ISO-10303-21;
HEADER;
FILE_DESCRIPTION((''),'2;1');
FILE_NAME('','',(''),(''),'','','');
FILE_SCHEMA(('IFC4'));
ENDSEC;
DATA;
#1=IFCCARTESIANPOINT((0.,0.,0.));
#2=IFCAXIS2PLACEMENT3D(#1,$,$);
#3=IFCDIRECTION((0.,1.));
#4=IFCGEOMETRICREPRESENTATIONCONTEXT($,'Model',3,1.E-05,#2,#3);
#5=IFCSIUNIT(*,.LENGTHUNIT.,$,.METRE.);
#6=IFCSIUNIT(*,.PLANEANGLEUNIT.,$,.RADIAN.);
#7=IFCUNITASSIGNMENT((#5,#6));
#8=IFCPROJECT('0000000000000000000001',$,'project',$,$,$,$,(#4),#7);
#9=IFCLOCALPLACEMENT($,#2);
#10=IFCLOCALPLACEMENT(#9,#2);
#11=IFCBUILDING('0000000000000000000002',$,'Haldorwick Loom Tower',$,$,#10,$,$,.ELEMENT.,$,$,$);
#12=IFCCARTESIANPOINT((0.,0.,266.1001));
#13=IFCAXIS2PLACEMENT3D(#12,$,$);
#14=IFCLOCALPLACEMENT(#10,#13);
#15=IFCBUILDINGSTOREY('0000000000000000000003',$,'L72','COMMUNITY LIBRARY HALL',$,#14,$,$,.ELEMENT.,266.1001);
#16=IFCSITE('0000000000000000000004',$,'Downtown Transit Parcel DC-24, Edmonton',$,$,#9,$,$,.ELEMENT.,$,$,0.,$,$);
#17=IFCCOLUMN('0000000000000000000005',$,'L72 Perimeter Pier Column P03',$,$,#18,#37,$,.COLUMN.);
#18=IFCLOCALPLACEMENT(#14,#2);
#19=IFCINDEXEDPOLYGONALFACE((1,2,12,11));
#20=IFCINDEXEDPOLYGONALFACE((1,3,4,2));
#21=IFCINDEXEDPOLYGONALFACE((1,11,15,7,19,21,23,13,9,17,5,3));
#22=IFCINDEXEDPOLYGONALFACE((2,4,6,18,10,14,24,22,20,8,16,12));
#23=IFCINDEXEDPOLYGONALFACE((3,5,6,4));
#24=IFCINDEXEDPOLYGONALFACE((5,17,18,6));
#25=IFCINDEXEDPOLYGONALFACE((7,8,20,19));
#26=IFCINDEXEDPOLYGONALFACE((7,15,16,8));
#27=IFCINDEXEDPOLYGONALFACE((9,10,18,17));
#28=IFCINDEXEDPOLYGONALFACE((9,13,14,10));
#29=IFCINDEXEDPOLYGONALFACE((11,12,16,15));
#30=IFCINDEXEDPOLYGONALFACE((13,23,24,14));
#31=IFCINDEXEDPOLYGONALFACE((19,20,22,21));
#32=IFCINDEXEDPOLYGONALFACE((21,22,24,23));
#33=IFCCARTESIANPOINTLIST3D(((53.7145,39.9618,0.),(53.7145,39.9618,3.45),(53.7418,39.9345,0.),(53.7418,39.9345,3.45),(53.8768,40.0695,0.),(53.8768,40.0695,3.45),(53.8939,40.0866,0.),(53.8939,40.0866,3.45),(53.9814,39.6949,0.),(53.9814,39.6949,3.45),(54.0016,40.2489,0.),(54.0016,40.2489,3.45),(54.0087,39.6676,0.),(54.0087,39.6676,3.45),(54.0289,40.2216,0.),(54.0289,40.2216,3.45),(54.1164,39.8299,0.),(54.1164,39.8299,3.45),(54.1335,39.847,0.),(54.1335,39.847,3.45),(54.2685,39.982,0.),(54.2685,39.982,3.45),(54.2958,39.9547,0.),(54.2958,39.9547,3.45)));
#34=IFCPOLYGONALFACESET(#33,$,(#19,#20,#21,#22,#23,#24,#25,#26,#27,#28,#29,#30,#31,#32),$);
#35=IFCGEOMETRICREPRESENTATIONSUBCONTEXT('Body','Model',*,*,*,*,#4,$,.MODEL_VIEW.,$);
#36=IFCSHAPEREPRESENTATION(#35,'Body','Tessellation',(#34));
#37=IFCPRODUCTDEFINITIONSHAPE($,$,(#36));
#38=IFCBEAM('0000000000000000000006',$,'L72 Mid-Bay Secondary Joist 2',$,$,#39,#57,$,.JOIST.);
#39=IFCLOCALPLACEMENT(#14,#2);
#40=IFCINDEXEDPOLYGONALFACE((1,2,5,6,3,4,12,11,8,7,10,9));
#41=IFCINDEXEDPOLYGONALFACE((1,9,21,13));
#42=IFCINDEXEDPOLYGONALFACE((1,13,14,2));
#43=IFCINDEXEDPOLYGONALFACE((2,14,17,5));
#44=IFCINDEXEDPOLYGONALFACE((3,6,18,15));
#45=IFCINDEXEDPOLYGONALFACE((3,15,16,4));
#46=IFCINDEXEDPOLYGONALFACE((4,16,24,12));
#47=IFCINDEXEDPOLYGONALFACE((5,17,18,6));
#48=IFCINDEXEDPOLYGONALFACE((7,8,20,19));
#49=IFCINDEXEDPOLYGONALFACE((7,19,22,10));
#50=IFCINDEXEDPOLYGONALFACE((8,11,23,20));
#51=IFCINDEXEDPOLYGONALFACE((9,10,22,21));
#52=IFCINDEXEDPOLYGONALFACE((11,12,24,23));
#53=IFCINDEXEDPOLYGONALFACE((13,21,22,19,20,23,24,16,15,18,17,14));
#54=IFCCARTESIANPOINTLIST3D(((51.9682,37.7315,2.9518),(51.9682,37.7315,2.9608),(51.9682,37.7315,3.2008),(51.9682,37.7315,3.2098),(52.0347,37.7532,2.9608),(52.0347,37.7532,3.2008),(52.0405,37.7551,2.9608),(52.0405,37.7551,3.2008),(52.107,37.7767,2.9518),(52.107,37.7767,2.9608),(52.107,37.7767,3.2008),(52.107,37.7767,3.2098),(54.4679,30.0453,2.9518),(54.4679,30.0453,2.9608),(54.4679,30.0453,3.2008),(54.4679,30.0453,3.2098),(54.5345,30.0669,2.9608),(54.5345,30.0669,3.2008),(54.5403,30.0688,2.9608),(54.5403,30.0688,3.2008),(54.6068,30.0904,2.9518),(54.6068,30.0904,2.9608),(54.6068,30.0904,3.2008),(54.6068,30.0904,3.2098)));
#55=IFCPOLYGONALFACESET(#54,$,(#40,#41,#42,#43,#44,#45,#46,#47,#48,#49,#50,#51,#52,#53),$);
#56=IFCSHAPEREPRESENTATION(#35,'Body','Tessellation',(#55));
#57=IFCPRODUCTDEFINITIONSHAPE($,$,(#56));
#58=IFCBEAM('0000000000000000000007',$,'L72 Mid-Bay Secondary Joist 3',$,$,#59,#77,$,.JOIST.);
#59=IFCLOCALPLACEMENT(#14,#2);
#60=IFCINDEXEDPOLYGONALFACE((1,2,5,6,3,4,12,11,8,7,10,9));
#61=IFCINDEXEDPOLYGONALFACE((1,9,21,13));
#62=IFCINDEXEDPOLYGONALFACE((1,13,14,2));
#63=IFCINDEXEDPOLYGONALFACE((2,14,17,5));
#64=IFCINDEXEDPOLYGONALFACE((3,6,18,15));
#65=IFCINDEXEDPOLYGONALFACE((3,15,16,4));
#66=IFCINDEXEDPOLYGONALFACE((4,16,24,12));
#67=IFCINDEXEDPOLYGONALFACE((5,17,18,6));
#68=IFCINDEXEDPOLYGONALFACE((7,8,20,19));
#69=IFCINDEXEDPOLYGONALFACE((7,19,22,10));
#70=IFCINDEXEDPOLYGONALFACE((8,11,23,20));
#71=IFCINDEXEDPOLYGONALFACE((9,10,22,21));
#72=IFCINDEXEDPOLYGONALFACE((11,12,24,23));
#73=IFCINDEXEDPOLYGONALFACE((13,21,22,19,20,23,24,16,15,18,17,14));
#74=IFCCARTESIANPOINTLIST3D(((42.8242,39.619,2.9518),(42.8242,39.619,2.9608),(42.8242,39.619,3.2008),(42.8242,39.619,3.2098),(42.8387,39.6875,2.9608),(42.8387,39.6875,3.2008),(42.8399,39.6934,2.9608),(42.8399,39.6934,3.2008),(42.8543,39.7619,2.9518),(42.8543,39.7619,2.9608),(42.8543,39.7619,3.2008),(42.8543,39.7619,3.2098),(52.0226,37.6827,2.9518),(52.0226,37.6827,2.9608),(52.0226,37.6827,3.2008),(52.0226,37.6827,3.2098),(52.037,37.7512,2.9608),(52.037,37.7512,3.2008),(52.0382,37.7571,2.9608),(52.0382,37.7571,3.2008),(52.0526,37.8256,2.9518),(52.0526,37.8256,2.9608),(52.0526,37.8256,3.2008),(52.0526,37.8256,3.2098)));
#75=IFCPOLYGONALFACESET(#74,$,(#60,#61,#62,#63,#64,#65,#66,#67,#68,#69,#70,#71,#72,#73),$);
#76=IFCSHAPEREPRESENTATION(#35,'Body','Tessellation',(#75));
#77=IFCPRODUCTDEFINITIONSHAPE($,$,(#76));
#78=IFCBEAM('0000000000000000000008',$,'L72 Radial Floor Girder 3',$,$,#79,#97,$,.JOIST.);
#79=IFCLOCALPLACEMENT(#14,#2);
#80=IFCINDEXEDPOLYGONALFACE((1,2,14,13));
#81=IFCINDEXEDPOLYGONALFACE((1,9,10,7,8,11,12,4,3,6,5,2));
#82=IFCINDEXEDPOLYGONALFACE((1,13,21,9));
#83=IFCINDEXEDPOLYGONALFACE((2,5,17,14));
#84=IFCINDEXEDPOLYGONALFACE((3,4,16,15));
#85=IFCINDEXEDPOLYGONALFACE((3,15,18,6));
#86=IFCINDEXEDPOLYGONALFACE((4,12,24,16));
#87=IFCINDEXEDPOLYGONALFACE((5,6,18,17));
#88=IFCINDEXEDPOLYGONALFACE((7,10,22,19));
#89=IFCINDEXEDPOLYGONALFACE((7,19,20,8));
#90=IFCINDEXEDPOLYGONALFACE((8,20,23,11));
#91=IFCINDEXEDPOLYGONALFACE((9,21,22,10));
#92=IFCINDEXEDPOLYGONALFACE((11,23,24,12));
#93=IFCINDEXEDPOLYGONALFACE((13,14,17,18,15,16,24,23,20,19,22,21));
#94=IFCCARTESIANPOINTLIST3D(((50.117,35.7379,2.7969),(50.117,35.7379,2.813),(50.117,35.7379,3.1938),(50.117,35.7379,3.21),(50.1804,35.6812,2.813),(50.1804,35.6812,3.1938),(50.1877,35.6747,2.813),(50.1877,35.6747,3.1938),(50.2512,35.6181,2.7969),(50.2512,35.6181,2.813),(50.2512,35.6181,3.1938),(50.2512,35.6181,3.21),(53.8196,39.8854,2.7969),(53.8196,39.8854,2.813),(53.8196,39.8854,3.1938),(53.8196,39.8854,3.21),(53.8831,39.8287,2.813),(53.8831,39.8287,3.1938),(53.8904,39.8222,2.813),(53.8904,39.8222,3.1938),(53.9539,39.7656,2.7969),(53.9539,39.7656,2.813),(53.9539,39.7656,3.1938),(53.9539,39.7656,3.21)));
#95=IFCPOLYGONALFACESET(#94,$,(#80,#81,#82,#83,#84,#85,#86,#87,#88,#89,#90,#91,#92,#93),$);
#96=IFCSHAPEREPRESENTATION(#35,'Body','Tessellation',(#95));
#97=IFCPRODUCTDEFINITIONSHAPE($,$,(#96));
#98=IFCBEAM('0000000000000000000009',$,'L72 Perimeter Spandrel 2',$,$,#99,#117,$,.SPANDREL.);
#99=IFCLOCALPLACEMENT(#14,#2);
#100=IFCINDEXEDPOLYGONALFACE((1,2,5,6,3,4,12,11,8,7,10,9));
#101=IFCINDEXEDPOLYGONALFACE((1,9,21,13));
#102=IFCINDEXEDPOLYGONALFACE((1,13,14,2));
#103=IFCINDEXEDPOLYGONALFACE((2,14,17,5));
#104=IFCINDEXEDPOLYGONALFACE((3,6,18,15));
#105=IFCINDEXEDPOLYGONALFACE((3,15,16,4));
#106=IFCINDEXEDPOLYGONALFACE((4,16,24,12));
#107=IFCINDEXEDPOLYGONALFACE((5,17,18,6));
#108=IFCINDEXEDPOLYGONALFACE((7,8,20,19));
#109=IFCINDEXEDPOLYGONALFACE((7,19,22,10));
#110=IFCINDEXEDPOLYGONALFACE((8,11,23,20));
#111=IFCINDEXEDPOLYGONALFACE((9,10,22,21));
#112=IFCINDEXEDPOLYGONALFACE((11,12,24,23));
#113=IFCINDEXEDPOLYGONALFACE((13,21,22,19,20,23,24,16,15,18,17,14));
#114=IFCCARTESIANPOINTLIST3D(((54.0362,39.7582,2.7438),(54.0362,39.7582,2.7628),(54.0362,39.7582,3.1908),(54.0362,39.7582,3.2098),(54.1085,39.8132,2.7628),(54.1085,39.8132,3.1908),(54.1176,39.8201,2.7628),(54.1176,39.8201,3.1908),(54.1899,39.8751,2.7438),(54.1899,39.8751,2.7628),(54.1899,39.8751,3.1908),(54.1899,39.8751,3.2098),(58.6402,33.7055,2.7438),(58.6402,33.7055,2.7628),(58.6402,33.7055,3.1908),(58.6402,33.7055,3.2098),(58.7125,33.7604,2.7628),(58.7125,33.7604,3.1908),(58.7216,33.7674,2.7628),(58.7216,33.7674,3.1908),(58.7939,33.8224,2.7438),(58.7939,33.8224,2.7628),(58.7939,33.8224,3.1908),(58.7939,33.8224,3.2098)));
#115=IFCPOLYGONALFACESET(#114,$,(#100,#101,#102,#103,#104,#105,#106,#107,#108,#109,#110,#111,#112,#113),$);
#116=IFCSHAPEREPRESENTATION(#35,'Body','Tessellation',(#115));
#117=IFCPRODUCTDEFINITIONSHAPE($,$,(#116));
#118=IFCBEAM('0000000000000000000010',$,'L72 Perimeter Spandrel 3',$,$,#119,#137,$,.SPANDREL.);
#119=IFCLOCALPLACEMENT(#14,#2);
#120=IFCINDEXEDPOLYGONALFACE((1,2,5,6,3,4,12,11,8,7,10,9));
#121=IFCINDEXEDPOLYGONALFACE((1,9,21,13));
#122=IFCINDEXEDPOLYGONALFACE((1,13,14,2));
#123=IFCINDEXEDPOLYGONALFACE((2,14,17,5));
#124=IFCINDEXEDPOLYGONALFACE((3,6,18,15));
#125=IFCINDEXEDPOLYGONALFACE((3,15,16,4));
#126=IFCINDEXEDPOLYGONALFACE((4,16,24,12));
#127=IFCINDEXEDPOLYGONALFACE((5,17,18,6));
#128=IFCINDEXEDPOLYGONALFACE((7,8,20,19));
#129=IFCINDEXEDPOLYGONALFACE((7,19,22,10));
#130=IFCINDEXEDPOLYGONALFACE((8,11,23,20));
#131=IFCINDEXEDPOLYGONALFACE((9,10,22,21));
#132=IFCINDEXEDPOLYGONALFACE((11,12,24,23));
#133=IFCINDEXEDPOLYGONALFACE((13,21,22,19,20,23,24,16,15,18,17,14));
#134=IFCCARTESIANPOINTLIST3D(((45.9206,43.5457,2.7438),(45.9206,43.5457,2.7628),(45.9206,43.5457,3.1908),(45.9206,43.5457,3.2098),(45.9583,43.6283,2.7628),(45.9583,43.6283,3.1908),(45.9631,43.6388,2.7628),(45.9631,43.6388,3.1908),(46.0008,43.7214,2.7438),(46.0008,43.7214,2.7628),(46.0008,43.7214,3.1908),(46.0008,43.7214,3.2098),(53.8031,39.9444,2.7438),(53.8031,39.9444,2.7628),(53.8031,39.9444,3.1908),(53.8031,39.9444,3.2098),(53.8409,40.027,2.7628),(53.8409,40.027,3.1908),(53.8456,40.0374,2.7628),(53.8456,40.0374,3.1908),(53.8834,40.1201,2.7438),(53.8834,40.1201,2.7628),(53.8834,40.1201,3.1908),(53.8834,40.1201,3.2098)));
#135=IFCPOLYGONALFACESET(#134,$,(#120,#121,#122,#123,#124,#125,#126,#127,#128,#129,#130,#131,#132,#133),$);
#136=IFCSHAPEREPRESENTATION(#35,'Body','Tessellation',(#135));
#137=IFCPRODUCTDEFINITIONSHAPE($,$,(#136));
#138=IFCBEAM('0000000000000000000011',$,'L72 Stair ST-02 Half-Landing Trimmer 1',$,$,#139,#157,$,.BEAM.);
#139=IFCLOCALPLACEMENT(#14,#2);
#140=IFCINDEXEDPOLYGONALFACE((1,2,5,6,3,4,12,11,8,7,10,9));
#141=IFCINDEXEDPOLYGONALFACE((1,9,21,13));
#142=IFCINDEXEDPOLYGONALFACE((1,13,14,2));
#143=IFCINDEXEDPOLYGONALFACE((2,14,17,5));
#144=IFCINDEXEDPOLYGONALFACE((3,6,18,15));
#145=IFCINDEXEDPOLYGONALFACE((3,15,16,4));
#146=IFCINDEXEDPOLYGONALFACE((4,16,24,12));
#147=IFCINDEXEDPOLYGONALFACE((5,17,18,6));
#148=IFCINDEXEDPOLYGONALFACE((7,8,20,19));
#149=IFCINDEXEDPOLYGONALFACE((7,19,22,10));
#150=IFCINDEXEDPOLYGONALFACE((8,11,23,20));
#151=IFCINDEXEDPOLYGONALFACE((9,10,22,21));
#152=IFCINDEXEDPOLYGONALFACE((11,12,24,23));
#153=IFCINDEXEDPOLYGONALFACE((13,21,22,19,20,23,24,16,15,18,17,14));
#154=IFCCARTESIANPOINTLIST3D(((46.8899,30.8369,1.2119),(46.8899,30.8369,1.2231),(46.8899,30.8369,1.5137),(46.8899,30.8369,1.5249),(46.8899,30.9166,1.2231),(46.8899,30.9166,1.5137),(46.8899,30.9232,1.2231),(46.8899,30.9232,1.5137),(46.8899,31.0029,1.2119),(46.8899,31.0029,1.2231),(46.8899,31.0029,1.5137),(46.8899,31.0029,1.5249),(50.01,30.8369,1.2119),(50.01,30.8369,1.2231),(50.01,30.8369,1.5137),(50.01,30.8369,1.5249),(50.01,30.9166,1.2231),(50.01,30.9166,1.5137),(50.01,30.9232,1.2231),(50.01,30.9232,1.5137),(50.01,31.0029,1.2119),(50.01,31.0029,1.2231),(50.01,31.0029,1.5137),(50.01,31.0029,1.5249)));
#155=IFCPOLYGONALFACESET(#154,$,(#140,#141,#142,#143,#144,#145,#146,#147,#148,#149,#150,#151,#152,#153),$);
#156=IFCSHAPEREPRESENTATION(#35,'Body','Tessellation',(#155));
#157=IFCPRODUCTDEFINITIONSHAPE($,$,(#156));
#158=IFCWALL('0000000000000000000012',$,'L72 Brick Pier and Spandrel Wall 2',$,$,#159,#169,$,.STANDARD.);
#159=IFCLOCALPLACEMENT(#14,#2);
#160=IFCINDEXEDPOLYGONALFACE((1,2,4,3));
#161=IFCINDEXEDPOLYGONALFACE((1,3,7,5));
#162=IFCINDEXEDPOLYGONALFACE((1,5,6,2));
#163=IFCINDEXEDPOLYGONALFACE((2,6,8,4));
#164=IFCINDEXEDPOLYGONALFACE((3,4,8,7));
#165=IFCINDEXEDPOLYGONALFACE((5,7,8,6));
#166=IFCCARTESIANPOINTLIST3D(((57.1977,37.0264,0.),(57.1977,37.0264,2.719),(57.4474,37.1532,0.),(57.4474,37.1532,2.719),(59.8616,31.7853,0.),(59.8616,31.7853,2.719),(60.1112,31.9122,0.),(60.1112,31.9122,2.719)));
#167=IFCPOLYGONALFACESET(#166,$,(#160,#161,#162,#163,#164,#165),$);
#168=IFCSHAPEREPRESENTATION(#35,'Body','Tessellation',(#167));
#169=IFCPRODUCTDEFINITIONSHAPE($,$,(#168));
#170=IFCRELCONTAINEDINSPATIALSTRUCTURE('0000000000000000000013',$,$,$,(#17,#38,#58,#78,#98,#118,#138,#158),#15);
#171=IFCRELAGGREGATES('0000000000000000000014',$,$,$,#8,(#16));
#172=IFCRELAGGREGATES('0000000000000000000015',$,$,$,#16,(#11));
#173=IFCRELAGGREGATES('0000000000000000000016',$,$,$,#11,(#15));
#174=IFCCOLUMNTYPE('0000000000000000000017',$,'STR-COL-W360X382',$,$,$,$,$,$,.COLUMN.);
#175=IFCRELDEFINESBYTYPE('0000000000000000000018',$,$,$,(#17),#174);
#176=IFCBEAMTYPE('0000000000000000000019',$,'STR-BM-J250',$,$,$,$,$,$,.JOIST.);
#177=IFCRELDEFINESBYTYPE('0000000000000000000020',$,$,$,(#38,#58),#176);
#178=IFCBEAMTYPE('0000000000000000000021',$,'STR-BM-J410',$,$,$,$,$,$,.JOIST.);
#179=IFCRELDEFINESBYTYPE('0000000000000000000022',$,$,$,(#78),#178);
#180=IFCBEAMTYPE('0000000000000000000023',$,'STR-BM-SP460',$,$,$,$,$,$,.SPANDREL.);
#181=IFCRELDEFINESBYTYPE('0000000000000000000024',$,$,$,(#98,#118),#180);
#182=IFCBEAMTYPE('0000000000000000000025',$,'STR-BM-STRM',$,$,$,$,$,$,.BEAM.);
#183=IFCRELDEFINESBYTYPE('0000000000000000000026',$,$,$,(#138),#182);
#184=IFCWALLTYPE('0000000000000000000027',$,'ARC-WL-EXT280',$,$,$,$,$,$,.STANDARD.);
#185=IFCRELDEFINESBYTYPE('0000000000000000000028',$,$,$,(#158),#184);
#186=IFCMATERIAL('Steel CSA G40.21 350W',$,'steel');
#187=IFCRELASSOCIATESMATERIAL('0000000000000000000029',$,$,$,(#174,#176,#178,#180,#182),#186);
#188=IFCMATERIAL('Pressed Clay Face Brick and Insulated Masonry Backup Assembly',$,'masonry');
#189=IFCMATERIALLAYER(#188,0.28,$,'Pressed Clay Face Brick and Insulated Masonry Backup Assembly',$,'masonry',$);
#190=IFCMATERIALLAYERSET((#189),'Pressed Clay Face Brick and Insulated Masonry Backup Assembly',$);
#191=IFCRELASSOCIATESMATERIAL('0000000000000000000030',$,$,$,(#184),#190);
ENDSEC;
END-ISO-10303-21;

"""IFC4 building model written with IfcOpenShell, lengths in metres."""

from ifc_helpers import new_model, si_unit, direction, frame, frame_2d, origin, origin_2d, place, context, subcontext, project, spatial, rectangle, i_section, extrude, material, layer, layer_set, material_profile, profile_set, type_object, element, save


model = new_model("IFC4")

# Units and contexts
model_context = context("Model", 3, precision=1e-05, world=origin(), true_north=direction((0.0, 1.0)))
body_context = subcontext(model_context, "Body", "Model", "MODEL_VIEW")
ifc_project = project(units=[si_unit("LENGTHUNIT", "METRE"), si_unit("PLANEANGLEUNIT", "RADIAN")], contexts=[model_context])

# Site, building, storey
site_placement = place(None, origin())
site = spatial("IfcSite", under=ifc_project, at=site_placement, Name="Downtown Transit Parcel DC-24, Edmonton", CompositionType="ELEMENT", RefElevation=0.0)
building_placement = place(site_placement, origin())
building = spatial("IfcBuilding", under=site, at=building_placement, Name="Haldorwick Loom Tower", CompositionType="ELEMENT")
storey_placement = place(building_placement, frame((0.0, 0.0, 266.1001)))
storey = spatial("IfcBuildingStorey", under=building, at=storey_placement, Name="L72", Description="COMMUNITY LIBRARY HALL", CompositionType="ELEMENT", Elevation=266.1001)

# Column
ifc_material_1 = material(Name="Steel CSA G40.21 350W", Category="steel")
ifc_material_profile_1 = material_profile(ifc_material_1, i_section(OverallWidth=0.406, OverallDepth=0.416, WebThickness=0.0242, FlangeThickness=0.0386, at=origin_2d()), Name="W360X382", Category="steel")
ifc_profile_set_1 = profile_set([ifc_material_profile_1], Name="Steel CSA G40.21 350W")
column_type_1 = type_object("IfcColumnType", Name="STR-COL-W360X382", PredefinedType="COLUMN", material=ifc_profile_set_1)
column_1_placement = place(storey_placement, frame((54.0051, 39.9583, 0.0), z_axis=(0.0, 0.0, 1.0), x_axis=(0.707107, 0.707107, 0.0)))
element("IfcColumn", 1, at=column_1_placement, inside=storey, type_object=column_type_1, Name="L72 Perimeter Pier Column P03", PredefinedType="COLUMN", context=body_context, shape_type="SweptSolid", body=[
    extrude(i_section(OverallWidth=0.406, OverallDepth=0.416, WebThickness=0.0242, FlangeThickness=0.0386, at=origin_2d()), origin(), (0.0, 0.0, 1.0), 3.45),
])

# Beams
ifc_material_profile_2 = material_profile(ifc_material_1, i_section(OverallWidth=0.146, OverallDepth=0.2581, WebThickness=0.0061, FlangeThickness=0.009, at=origin_2d()), Name="W250X33", Category="steel")
ifc_profile_set_2 = profile_set([ifc_material_profile_2], Name="Steel CSA G40.21 350W")
beam_type_1 = type_object("IfcBeamType", Name="STR-BM-J250", PredefinedType="JOIST", material=ifc_profile_set_2)
beam_1_placement = place(storey_placement, frame((54.5374, 30.0679, 3.0808), z_axis=(-0.309278, 0.950972, 0.0), x_axis=(-0.950972, -0.309278, 0.0)))
element("IfcBeam", 2, at=beam_1_placement, inside=storey, type_object=beam_type_1, Name="L72 Mid-Bay Secondary Joist 2", PredefinedType="JOIST", context=body_context, shape_type="SweptSolid", body=[
    extrude(i_section(OverallWidth=0.146, OverallDepth=0.2581, WebThickness=0.0061, FlangeThickness=0.009, at=origin_2d()), origin(), (0.0, 0.0, 1.0), 8.0825),
])
beam_2_placement = place(storey_placement, frame((52.0376, 37.7542, 3.0808), z_axis=(-0.978554, 0.205991, 0.0), x_axis=(-0.205991, -0.978554, 0.0)))
element("IfcBeam", 3, at=beam_2_placement, inside=storey, type_object=beam_type_1, Name="L72 Mid-Bay Secondary Joist 3", PredefinedType="JOIST", context=body_context, shape_type="SweptSolid", body=[
    extrude(i_section(OverallWidth=0.146, OverallDepth=0.2581, WebThickness=0.0061, FlangeThickness=0.009, at=origin_2d()), origin(), (0.0, 0.0, 1.0), 9.3999),
])
ifc_material_profile_3 = material_profile(ifc_material_1, i_section(OverallWidth=0.1799, OverallDepth=0.4131, WebThickness=0.0098, FlangeThickness=0.0161, at=origin_2d()), Name="W410X74", Category="steel")
ifc_profile_set_3 = profile_set([ifc_material_profile_3], Name="Steel CSA G40.21 350W")
beam_type_2 = type_object("IfcBeamType", Name="STR-BM-J410", PredefinedType="JOIST", material=ifc_profile_set_3)
beam_3_placement = place(storey_placement, frame((50.1841, 35.678, 3.0034), z_axis=(0.66597, 0.745978, 0.0), x_axis=(-0.745978, 0.66597, 0.0)))
element("IfcBeam", 4, at=beam_3_placement, inside=storey, type_object=beam_type_2, Name="L72 Radial Floor Girder 3", PredefinedType="JOIST", context=body_context, shape_type="SweptSolid", body=[
    extrude(i_section(OverallWidth=0.1799, OverallDepth=0.4131, WebThickness=0.0098, FlangeThickness=0.0161, at=origin_2d()), origin(), (0.0, 0.0, 1.0), 5.5598),
])
ifc_material_profile_4 = material_profile(ifc_material_1, i_section(OverallWidth=0.1931, OverallDepth=0.4661, WebThickness=0.0115, FlangeThickness=0.019, at=origin_2d()), Name="W460X97", Category="steel")
ifc_profile_set_4 = profile_set([ifc_material_profile_4], Name="Steel CSA G40.21 350W")
beam_type_3 = type_object("IfcBeamType", Name="STR-BM-SP460", PredefinedType="SPANDREL", material=ifc_profile_set_4)
beam_4_placement = place(storey_placement, frame((58.717, 33.7639, 2.9768), z_axis=(-0.60541, 0.795913, 0.0), x_axis=(-0.795913, -0.60541, 0.0)))
element("IfcBeam", 5, at=beam_4_placement, inside=storey, type_object=beam_type_3, Name="L72 Perimeter Spandrel 2", PredefinedType="SPANDREL", context=body_context, shape_type="SweptSolid", body=[
    extrude(i_section(OverallWidth=0.1931, OverallDepth=0.4661, WebThickness=0.0115, FlangeThickness=0.019, at=origin_2d()), origin(), (0.0, 0.0, 1.0), 7.6047),
])
beam_5_placement = place(storey_placement, frame((53.8433, 40.0322, 2.9768), z_axis=(-0.909568, 0.415555, 0.0), x_axis=(-0.415555, -0.909568, 0.0)))
element("IfcBeam", 6, at=beam_5_placement, inside=storey, type_object=beam_type_3, Name="L72 Perimeter Spandrel 3", PredefinedType="SPANDREL", context=body_context, shape_type="SweptSolid", body=[
    extrude(i_section(OverallWidth=0.1931, OverallDepth=0.4661, WebThickness=0.0115, FlangeThickness=0.019, at=origin_2d()), origin(), (0.0, 0.0, 1.0), 8.6663),
])
ifc_material_profile_5 = material_profile(ifc_material_1, i_section(OverallWidth=0.166, OverallDepth=0.313, WebThickness=0.0066, FlangeThickness=0.0112, at=origin_2d()), Name="W310X45", Category="steel")
ifc_profile_set_5 = profile_set([ifc_material_profile_5], Name="Steel CSA G40.21 350W")
beam_type_4 = type_object("IfcBeamType", Name="STR-BM-STRM", PredefinedType="BEAM", material=ifc_profile_set_5)
beam_6_placement = place(storey_placement, frame((46.8899, 30.9199, 1.3684), z_axis=(1.0, 0.0, 0.0), x_axis=(0.0, 1.0, 0.0)))
element("IfcBeam", 7, at=beam_6_placement, inside=storey, type_object=beam_type_4, Name="L72 Stair ST-02 Half-Landing Trimmer 1", PredefinedType="BEAM", context=body_context, shape_type="SweptSolid", body=[
    extrude(i_section(OverallWidth=0.166, OverallDepth=0.313, WebThickness=0.0066, FlangeThickness=0.0112, at=origin_2d()), origin(), (0.0, 0.0, 1.0), 3.1201),
])

# Wall
ifc_material_2 = material(Name="Pressed Clay Face Brick and Insulated Masonry Backup Assembly", Category="masonry")
ifc_layer_1 = layer(ifc_material_2, 0.28, Name="Pressed Clay Face Brick and Insulated Masonry Backup Assembly", Category="masonry")
ifc_layer_set_1 = layer_set([ifc_layer_1], Name="Pressed Clay Face Brick and Insulated Masonry Backup Assembly")
wall_type_1 = type_object("IfcWallType", Name="ARC-WL-EXT280", PredefinedType="STANDARD", material=ifc_layer_set_1)
wall_1_placement = place(storey_placement, frame((59.9863, 31.8489, 0.0), z_axis=(0.0, 0.0, 1.0), x_axis=(-0.453101, 0.891459, 0.0)))
element("IfcWall", 8, at=wall_1_placement, inside=storey, type_object=wall_type_1, Name="L72 Brick Pier and Spandrel Wall 2", PredefinedType="STANDARD", context=body_context, shape_type="SweptSolid", body=[
    extrude(rectangle(XDim=5.8792, YDim=0.28, at=frame_2d((2.9395, 0.0))), origin(), (0.0, 0.0, 1.0), 2.719),
])

save(model, "model.ifc")
